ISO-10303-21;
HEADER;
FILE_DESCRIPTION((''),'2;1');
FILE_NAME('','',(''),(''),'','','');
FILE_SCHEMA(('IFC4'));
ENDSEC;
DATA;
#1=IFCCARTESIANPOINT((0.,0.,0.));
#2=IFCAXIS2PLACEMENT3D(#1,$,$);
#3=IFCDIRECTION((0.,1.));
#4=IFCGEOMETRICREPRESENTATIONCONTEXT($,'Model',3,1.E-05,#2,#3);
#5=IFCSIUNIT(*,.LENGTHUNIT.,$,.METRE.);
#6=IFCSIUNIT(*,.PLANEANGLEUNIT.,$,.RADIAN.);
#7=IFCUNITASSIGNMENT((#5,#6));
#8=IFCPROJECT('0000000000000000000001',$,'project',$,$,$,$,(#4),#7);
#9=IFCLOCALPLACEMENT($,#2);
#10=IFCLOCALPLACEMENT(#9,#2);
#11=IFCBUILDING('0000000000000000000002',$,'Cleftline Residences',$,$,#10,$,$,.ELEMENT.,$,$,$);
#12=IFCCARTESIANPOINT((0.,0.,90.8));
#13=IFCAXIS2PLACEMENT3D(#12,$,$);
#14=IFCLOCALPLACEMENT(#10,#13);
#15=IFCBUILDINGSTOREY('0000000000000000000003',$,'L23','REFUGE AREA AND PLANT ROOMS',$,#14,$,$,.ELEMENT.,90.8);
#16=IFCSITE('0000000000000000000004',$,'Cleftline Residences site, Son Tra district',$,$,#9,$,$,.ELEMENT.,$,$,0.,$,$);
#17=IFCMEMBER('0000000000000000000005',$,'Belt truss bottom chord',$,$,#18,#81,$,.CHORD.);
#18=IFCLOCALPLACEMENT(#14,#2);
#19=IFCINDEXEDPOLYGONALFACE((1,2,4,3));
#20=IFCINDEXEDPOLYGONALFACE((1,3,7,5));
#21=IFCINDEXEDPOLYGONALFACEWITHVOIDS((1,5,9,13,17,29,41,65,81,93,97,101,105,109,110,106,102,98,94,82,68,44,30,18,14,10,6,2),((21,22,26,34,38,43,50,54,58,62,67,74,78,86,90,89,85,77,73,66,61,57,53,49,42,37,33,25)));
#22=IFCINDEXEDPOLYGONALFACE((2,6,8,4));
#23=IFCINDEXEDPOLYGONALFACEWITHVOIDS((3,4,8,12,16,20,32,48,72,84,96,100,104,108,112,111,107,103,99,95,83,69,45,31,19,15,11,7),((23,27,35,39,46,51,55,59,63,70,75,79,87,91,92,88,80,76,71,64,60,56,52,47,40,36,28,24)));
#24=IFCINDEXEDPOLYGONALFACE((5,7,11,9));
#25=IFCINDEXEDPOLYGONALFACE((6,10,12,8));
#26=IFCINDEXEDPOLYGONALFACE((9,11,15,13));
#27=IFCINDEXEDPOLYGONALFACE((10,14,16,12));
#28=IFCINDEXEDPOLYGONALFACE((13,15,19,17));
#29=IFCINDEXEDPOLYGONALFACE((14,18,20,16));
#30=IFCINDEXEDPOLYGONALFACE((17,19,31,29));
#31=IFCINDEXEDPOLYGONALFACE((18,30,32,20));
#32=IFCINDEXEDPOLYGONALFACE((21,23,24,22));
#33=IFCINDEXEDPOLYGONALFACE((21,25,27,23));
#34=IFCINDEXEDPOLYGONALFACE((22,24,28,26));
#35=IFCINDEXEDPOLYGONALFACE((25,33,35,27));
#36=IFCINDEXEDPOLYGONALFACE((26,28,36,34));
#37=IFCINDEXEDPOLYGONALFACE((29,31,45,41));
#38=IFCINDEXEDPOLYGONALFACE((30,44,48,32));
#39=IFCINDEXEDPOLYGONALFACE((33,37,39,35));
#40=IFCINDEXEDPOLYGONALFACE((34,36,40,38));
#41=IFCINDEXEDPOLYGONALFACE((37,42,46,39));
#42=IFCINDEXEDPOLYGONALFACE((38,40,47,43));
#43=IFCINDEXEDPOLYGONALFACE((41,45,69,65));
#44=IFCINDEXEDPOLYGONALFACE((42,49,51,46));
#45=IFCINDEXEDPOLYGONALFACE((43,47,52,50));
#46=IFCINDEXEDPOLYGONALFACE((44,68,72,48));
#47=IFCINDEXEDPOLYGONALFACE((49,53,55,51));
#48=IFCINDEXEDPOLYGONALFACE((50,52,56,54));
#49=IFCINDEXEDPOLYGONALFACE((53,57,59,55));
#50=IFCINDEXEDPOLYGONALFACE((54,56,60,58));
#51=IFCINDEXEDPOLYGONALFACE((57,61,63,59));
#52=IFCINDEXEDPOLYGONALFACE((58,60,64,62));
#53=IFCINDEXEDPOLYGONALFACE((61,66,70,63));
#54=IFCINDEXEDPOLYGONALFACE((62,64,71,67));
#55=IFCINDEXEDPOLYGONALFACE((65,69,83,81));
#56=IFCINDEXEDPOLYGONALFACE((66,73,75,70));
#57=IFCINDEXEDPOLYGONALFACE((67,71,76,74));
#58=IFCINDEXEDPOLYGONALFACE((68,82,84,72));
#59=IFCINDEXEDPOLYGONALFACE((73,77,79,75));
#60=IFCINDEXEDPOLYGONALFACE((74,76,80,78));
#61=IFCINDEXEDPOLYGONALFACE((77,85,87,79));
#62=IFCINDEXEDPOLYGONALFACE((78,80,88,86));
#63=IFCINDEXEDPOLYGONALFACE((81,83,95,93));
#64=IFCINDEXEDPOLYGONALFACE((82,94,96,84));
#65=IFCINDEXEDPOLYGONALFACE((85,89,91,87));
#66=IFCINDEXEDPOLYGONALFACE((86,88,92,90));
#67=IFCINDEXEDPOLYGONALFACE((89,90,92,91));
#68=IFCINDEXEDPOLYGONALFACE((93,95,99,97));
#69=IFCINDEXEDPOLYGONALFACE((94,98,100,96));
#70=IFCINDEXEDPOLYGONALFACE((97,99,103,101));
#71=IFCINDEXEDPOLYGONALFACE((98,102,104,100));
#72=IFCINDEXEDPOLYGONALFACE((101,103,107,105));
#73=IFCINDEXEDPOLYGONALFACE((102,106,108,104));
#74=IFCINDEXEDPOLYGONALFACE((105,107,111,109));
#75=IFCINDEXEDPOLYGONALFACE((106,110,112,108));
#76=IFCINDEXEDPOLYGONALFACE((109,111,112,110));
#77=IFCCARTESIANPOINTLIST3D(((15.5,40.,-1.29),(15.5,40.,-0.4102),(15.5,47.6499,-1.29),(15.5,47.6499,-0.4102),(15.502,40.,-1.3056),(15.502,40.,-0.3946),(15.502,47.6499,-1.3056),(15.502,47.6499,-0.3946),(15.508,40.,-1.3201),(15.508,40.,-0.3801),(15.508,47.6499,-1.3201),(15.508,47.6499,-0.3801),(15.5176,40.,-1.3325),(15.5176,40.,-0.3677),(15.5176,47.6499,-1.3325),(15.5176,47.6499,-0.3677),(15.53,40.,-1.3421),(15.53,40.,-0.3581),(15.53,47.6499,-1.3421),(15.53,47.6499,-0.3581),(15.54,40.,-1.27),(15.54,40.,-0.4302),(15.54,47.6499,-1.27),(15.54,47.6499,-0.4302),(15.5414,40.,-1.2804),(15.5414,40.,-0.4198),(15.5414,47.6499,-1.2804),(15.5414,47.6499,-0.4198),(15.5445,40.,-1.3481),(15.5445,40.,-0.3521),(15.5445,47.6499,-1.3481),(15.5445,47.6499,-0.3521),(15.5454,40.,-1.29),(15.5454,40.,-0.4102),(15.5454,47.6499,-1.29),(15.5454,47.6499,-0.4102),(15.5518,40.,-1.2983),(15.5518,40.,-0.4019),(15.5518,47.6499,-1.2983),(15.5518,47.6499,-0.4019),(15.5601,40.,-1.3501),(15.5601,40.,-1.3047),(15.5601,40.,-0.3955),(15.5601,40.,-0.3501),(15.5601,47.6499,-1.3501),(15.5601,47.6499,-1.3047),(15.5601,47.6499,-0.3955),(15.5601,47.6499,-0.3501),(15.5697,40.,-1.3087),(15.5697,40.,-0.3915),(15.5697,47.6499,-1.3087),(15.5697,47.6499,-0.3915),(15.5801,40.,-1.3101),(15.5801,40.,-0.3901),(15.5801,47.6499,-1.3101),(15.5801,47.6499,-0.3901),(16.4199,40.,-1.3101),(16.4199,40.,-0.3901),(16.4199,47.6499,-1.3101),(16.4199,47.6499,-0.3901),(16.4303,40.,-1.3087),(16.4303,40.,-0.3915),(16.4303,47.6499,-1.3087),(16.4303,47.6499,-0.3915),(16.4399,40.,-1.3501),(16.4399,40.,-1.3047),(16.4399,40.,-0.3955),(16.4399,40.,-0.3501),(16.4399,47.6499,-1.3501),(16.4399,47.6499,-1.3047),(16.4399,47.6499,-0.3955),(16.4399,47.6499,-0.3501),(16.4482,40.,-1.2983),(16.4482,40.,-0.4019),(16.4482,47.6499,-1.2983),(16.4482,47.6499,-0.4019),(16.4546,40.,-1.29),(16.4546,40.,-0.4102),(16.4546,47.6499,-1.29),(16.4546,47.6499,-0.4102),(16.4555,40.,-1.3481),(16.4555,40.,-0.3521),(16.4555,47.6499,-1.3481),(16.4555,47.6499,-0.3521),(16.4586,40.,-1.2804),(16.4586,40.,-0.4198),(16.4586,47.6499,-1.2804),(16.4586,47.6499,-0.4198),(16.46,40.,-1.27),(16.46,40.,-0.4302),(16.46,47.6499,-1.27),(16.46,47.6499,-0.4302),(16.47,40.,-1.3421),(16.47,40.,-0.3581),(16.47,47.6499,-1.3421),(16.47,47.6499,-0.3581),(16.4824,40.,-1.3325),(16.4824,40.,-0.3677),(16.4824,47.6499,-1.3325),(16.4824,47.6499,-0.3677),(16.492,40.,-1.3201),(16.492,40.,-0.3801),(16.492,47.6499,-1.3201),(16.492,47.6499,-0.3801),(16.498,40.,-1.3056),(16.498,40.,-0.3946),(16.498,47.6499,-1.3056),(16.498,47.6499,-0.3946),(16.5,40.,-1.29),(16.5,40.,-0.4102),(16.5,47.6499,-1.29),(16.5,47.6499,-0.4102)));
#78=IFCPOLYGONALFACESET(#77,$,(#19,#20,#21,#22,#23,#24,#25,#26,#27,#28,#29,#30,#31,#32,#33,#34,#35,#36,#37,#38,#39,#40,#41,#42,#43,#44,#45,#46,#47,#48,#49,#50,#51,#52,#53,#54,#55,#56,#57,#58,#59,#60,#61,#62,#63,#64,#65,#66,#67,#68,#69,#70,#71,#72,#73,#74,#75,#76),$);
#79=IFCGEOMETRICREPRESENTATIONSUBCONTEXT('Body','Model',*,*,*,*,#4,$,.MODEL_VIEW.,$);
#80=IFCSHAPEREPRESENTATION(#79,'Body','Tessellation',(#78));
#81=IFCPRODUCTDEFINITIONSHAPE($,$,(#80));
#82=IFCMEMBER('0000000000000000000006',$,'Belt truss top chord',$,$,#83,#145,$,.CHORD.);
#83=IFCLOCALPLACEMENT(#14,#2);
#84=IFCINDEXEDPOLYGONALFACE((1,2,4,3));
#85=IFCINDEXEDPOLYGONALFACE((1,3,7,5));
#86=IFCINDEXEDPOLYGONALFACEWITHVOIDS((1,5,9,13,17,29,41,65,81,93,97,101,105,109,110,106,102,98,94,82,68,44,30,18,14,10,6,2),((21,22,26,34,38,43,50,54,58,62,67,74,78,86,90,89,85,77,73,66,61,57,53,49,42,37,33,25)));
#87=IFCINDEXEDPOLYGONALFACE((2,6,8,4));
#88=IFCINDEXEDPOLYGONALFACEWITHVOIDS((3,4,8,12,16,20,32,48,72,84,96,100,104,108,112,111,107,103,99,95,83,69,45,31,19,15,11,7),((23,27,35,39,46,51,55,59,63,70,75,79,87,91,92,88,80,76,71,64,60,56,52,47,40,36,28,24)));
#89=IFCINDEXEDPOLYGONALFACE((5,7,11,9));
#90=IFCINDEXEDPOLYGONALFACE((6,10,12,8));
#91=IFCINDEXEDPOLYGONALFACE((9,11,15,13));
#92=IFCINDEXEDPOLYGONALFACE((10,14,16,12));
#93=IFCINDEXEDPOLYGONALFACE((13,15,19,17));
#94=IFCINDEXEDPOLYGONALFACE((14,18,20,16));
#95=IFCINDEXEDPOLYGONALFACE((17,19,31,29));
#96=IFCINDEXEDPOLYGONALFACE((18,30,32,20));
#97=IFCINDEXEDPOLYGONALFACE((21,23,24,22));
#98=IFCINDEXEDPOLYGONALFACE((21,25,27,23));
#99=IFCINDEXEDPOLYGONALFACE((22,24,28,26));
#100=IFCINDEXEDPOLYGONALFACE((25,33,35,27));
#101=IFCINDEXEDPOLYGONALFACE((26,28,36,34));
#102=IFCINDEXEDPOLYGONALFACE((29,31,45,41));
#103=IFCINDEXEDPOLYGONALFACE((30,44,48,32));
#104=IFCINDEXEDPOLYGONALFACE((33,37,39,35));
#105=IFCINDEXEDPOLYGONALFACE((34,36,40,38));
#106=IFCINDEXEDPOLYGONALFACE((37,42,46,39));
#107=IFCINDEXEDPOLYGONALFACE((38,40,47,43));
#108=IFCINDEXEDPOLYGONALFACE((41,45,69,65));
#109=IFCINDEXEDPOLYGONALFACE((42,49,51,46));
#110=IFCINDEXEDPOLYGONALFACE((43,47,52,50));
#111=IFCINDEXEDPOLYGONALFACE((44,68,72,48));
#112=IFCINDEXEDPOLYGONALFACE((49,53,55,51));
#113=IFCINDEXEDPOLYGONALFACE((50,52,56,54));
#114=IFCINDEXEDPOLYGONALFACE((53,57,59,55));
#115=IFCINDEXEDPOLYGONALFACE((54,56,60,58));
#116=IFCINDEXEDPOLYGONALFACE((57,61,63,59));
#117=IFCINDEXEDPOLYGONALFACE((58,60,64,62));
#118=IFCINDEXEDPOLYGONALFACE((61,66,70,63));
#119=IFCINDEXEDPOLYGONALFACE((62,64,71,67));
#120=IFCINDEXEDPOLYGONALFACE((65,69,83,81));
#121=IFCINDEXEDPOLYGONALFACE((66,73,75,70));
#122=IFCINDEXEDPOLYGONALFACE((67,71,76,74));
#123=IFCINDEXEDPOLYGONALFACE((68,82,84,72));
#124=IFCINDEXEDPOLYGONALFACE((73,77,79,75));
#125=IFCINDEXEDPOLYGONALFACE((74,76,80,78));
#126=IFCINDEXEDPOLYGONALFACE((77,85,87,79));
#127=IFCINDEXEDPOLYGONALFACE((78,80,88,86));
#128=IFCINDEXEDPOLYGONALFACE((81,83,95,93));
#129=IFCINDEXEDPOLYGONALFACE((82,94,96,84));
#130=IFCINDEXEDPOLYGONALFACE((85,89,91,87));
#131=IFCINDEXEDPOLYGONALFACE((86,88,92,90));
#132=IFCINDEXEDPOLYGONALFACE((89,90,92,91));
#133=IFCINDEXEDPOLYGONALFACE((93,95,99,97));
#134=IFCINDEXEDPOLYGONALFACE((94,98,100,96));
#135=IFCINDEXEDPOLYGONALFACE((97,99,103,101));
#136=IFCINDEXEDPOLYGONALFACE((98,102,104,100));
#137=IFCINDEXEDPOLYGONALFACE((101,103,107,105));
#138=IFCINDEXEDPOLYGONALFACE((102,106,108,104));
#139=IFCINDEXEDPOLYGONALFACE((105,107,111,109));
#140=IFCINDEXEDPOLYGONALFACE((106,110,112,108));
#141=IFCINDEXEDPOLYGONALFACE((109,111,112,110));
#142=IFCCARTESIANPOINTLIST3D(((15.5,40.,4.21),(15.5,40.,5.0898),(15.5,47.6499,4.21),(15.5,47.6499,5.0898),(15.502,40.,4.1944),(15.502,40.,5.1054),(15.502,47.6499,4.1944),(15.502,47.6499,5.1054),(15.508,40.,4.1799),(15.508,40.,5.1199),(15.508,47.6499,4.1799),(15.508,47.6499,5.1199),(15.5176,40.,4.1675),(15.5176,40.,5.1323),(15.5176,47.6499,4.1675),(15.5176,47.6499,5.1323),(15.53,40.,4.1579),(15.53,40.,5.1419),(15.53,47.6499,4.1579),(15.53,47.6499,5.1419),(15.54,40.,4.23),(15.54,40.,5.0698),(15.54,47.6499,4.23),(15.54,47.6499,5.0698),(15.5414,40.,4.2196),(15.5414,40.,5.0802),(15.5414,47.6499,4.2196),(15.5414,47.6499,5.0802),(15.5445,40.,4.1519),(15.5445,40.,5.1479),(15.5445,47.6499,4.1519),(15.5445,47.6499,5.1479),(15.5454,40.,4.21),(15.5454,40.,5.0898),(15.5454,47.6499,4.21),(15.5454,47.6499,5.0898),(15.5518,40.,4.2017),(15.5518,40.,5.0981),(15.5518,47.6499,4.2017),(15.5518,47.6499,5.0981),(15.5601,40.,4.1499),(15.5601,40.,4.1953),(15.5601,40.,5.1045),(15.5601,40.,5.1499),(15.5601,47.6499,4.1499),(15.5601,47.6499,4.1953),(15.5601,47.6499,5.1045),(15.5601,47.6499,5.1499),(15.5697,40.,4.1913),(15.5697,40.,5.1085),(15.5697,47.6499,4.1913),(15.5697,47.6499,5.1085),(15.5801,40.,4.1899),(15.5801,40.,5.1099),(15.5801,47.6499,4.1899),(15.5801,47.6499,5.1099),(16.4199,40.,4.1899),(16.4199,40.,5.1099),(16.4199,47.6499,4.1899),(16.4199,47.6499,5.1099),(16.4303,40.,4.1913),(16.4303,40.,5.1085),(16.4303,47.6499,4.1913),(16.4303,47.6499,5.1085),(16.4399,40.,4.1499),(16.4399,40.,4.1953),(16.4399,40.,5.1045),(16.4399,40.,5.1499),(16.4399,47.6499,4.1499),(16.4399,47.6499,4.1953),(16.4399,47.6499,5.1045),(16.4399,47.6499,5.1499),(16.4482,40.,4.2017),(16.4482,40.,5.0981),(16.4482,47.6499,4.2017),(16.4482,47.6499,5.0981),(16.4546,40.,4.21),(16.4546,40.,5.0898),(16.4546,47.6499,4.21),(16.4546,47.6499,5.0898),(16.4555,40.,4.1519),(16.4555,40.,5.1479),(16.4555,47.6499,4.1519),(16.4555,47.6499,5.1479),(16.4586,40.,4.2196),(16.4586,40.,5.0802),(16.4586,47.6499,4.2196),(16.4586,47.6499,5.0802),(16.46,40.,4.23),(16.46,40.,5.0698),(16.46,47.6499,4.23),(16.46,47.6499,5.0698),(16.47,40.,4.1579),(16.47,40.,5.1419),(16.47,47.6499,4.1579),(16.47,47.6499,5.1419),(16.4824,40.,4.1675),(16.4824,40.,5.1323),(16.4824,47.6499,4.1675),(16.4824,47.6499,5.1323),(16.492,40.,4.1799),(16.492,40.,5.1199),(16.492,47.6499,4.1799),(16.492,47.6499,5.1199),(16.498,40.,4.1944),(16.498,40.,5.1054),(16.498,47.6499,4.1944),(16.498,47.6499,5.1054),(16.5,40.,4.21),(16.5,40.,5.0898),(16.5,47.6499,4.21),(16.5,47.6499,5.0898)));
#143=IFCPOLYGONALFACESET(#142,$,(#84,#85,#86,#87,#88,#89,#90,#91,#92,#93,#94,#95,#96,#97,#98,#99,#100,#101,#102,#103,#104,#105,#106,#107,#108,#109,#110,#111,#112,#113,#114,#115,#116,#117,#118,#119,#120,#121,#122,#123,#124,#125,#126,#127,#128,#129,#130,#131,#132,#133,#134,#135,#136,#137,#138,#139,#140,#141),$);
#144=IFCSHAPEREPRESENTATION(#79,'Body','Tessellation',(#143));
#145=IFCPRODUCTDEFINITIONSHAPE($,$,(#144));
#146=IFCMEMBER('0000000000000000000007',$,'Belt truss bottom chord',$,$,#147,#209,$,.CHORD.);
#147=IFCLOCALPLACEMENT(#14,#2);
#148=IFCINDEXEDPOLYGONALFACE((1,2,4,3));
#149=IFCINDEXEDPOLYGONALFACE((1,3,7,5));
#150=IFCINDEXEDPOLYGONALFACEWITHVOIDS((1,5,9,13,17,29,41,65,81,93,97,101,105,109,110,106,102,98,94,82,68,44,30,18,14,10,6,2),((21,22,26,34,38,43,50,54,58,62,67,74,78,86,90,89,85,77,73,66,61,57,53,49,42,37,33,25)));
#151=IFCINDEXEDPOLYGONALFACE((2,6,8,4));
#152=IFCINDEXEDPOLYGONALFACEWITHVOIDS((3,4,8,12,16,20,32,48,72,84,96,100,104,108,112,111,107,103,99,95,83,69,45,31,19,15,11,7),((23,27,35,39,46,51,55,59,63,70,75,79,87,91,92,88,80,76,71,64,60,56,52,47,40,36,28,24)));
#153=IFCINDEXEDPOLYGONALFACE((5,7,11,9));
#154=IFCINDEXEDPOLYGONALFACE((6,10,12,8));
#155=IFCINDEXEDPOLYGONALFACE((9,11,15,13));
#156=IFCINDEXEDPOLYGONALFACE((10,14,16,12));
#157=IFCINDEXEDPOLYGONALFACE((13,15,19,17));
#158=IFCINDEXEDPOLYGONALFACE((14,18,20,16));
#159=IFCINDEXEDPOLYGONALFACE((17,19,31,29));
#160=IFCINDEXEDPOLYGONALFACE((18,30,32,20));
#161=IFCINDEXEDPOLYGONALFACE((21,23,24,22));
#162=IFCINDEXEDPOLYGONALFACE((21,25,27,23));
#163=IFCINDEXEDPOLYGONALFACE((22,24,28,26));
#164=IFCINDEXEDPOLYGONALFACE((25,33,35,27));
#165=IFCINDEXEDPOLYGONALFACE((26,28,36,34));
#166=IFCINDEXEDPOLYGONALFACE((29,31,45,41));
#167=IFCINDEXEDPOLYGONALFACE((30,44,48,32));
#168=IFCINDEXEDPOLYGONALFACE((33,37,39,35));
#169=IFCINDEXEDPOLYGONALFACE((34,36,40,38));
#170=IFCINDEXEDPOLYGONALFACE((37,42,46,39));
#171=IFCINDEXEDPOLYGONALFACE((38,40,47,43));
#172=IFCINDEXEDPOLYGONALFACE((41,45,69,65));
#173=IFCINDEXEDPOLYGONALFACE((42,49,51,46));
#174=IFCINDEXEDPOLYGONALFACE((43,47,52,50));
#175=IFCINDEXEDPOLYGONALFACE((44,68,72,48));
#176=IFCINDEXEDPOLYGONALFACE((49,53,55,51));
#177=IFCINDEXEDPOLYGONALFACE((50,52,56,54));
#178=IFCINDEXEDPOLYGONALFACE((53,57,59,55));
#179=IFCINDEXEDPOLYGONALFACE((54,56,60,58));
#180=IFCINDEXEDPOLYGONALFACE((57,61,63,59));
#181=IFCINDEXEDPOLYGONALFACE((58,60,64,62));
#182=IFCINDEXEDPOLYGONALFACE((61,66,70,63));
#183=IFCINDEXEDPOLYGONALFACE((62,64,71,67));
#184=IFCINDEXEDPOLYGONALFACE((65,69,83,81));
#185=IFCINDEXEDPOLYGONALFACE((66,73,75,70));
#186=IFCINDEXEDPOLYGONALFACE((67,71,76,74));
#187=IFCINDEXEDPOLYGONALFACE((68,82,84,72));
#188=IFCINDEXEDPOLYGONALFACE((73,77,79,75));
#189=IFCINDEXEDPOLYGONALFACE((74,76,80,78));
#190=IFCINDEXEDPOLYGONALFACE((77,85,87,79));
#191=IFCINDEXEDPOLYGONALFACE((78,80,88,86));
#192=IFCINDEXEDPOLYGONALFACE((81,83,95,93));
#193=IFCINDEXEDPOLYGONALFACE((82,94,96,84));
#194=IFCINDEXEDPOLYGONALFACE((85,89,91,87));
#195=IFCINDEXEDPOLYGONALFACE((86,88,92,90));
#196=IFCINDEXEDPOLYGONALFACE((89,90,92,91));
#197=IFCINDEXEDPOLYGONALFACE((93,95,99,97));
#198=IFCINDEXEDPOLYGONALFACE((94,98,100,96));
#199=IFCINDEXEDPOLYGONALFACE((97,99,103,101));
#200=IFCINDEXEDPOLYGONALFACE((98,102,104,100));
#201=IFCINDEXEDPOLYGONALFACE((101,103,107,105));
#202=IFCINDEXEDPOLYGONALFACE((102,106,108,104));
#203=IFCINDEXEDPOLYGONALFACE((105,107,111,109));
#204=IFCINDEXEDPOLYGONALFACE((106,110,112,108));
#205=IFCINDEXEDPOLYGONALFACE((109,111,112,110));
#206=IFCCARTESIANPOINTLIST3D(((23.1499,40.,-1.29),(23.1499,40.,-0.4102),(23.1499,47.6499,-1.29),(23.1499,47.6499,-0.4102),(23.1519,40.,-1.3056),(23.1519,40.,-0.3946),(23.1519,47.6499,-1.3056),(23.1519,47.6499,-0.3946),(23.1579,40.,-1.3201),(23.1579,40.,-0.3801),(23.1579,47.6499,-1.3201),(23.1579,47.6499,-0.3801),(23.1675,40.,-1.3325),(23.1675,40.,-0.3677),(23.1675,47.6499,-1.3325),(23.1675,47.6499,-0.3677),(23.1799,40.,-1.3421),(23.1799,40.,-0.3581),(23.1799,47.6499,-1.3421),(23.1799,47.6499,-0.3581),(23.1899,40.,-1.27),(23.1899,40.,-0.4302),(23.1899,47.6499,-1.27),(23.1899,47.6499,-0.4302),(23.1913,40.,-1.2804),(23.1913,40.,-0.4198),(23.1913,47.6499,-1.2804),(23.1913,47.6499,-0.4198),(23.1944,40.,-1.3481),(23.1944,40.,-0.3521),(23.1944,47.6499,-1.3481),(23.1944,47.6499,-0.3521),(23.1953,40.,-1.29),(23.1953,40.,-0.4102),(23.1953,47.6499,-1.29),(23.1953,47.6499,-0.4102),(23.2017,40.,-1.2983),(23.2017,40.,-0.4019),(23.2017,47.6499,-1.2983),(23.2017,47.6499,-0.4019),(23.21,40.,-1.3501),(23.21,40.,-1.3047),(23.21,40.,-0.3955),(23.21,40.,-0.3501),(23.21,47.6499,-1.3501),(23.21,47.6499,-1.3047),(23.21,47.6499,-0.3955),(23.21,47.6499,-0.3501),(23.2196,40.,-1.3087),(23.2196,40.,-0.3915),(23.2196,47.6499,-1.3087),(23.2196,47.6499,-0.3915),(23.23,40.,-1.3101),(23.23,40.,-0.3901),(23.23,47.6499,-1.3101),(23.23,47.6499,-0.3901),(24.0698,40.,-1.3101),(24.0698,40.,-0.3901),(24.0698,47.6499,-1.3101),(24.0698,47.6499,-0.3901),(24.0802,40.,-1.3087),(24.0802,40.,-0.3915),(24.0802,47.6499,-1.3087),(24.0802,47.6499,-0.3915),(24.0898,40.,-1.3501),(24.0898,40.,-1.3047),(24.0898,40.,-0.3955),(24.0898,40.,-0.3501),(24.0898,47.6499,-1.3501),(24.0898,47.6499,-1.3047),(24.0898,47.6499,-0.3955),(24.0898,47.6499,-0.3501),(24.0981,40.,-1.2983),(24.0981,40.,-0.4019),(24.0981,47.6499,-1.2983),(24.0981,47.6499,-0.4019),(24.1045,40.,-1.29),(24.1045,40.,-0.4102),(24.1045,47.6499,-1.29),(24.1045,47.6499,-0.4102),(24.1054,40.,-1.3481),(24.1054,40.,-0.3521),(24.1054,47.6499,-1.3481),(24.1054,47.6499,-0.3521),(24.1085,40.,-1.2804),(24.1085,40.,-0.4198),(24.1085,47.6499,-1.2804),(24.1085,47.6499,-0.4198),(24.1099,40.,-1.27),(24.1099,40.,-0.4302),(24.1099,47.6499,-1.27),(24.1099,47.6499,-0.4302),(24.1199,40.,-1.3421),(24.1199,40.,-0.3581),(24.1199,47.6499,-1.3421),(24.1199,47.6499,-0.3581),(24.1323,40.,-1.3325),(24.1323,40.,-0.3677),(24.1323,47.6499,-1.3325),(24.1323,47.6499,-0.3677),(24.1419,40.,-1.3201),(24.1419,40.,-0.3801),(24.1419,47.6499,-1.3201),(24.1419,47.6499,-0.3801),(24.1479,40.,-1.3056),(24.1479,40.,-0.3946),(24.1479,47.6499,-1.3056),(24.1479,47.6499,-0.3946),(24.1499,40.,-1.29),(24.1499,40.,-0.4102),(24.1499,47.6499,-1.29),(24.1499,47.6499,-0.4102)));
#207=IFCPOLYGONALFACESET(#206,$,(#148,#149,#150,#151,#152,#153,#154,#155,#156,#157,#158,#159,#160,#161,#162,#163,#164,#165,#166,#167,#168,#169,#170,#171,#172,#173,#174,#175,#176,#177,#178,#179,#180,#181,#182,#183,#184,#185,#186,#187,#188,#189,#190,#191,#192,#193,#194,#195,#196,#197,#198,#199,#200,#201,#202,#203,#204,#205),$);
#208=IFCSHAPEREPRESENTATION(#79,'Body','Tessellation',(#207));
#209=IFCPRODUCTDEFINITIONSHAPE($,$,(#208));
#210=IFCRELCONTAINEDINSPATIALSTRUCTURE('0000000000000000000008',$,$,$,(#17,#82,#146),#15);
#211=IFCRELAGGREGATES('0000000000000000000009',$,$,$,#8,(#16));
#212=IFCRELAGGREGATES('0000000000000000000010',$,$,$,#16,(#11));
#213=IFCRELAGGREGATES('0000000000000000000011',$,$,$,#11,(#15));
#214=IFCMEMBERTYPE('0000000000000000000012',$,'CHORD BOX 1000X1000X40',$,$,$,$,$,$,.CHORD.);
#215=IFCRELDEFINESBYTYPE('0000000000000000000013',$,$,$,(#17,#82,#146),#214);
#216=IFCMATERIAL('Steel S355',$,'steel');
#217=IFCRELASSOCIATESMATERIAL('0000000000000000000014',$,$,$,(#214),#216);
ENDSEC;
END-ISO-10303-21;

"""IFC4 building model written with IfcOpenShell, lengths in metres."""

from ifc_helpers import new_model, si_unit, direction, frame, origin, origin_2d, place, context, subcontext, project, spatial, hollow_rectangle, extrude, material, material_profile, profile_set, type_object, element, save


model = new_model("IFC4")

# Units and contexts
model_context = context("Model", 3, precision=1e-05, world=origin(), true_north=direction((0.0, 1.0)))
body_context = subcontext(model_context, "Body", "Model", "MODEL_VIEW")
ifc_project = project(units=[si_unit("LENGTHUNIT", "METRE"), si_unit("PLANEANGLEUNIT", "RADIAN")], contexts=[model_context])

# Site, building, storey
site_placement = place(None, origin())
site = spatial("IfcSite", under=ifc_project, at=site_placement, Name="Cleftline Residences site, Son Tra district", CompositionType="ELEMENT", RefElevation=0.0)
building_placement = place(site_placement, origin())
building = spatial("IfcBuilding", under=site, at=building_placement, Name="Cleftline Residences", CompositionType="ELEMENT")
storey_placement = place(building_placement, frame((0.0, 0.0, 90.8)))
storey = spatial("IfcBuildingStorey", under=building, at=storey_placement, Name="L23", Description="REFUGE AREA AND PLANT ROOMS", CompositionType="ELEMENT", Elevation=90.8)

# Members
ifc_material_1 = material(Name="Steel S355", Category="steel")
ifc_material_profile_1 = material_profile(ifc_material_1, hollow_rectangle(XDim=1.0, YDim=1.0, WallThickness=0.04, InnerFilletRadius=0.04, OuterFilletRadius=0.0601, at=origin_2d()))
ifc_profile_set_1 = profile_set([ifc_material_profile_1], Name="Steel S355")
member_type_1 = type_object("IfcMemberType", Name="CHORD BOX 1000X1000X40", PredefinedType="CHORD", material=ifc_profile_set_1)
for number, where, z_axis, x_axis, name in (
    (1, (16.0, 40.0, -0.8501), (0.0, 1.0, 0.0), (-1.0, 0.0, 0.0), "Belt truss bottom chord"),
    (2, (16.0, 40.0, 4.6499), (0.0, 1.0, 0.0), (-1.0, 0.0, 0.0), "Belt truss top chord"),
    (3, (23.6499, 40.0, -0.8501), (0.0, 1.0, 0.0), (-1.0, 0.0, 0.0), "Belt truss bottom chord"),
):
    element("IfcMember", number, at=place(storey_placement, frame(where, z_axis=z_axis, x_axis=x_axis)), inside=storey, type_object=member_type_1, Name=name, PredefinedType="CHORD", context=body_context, shape_type="SweptSolid", body=[
        extrude(hollow_rectangle(XDim=1.0, YDim=1.0, WallThickness=0.04, InnerFilletRadius=0.04, OuterFilletRadius=0.0601, at=origin_2d()), origin(), (0.0, 0.0, 1.0), 7.6499),
    ])

save(model, "model.ifc")
